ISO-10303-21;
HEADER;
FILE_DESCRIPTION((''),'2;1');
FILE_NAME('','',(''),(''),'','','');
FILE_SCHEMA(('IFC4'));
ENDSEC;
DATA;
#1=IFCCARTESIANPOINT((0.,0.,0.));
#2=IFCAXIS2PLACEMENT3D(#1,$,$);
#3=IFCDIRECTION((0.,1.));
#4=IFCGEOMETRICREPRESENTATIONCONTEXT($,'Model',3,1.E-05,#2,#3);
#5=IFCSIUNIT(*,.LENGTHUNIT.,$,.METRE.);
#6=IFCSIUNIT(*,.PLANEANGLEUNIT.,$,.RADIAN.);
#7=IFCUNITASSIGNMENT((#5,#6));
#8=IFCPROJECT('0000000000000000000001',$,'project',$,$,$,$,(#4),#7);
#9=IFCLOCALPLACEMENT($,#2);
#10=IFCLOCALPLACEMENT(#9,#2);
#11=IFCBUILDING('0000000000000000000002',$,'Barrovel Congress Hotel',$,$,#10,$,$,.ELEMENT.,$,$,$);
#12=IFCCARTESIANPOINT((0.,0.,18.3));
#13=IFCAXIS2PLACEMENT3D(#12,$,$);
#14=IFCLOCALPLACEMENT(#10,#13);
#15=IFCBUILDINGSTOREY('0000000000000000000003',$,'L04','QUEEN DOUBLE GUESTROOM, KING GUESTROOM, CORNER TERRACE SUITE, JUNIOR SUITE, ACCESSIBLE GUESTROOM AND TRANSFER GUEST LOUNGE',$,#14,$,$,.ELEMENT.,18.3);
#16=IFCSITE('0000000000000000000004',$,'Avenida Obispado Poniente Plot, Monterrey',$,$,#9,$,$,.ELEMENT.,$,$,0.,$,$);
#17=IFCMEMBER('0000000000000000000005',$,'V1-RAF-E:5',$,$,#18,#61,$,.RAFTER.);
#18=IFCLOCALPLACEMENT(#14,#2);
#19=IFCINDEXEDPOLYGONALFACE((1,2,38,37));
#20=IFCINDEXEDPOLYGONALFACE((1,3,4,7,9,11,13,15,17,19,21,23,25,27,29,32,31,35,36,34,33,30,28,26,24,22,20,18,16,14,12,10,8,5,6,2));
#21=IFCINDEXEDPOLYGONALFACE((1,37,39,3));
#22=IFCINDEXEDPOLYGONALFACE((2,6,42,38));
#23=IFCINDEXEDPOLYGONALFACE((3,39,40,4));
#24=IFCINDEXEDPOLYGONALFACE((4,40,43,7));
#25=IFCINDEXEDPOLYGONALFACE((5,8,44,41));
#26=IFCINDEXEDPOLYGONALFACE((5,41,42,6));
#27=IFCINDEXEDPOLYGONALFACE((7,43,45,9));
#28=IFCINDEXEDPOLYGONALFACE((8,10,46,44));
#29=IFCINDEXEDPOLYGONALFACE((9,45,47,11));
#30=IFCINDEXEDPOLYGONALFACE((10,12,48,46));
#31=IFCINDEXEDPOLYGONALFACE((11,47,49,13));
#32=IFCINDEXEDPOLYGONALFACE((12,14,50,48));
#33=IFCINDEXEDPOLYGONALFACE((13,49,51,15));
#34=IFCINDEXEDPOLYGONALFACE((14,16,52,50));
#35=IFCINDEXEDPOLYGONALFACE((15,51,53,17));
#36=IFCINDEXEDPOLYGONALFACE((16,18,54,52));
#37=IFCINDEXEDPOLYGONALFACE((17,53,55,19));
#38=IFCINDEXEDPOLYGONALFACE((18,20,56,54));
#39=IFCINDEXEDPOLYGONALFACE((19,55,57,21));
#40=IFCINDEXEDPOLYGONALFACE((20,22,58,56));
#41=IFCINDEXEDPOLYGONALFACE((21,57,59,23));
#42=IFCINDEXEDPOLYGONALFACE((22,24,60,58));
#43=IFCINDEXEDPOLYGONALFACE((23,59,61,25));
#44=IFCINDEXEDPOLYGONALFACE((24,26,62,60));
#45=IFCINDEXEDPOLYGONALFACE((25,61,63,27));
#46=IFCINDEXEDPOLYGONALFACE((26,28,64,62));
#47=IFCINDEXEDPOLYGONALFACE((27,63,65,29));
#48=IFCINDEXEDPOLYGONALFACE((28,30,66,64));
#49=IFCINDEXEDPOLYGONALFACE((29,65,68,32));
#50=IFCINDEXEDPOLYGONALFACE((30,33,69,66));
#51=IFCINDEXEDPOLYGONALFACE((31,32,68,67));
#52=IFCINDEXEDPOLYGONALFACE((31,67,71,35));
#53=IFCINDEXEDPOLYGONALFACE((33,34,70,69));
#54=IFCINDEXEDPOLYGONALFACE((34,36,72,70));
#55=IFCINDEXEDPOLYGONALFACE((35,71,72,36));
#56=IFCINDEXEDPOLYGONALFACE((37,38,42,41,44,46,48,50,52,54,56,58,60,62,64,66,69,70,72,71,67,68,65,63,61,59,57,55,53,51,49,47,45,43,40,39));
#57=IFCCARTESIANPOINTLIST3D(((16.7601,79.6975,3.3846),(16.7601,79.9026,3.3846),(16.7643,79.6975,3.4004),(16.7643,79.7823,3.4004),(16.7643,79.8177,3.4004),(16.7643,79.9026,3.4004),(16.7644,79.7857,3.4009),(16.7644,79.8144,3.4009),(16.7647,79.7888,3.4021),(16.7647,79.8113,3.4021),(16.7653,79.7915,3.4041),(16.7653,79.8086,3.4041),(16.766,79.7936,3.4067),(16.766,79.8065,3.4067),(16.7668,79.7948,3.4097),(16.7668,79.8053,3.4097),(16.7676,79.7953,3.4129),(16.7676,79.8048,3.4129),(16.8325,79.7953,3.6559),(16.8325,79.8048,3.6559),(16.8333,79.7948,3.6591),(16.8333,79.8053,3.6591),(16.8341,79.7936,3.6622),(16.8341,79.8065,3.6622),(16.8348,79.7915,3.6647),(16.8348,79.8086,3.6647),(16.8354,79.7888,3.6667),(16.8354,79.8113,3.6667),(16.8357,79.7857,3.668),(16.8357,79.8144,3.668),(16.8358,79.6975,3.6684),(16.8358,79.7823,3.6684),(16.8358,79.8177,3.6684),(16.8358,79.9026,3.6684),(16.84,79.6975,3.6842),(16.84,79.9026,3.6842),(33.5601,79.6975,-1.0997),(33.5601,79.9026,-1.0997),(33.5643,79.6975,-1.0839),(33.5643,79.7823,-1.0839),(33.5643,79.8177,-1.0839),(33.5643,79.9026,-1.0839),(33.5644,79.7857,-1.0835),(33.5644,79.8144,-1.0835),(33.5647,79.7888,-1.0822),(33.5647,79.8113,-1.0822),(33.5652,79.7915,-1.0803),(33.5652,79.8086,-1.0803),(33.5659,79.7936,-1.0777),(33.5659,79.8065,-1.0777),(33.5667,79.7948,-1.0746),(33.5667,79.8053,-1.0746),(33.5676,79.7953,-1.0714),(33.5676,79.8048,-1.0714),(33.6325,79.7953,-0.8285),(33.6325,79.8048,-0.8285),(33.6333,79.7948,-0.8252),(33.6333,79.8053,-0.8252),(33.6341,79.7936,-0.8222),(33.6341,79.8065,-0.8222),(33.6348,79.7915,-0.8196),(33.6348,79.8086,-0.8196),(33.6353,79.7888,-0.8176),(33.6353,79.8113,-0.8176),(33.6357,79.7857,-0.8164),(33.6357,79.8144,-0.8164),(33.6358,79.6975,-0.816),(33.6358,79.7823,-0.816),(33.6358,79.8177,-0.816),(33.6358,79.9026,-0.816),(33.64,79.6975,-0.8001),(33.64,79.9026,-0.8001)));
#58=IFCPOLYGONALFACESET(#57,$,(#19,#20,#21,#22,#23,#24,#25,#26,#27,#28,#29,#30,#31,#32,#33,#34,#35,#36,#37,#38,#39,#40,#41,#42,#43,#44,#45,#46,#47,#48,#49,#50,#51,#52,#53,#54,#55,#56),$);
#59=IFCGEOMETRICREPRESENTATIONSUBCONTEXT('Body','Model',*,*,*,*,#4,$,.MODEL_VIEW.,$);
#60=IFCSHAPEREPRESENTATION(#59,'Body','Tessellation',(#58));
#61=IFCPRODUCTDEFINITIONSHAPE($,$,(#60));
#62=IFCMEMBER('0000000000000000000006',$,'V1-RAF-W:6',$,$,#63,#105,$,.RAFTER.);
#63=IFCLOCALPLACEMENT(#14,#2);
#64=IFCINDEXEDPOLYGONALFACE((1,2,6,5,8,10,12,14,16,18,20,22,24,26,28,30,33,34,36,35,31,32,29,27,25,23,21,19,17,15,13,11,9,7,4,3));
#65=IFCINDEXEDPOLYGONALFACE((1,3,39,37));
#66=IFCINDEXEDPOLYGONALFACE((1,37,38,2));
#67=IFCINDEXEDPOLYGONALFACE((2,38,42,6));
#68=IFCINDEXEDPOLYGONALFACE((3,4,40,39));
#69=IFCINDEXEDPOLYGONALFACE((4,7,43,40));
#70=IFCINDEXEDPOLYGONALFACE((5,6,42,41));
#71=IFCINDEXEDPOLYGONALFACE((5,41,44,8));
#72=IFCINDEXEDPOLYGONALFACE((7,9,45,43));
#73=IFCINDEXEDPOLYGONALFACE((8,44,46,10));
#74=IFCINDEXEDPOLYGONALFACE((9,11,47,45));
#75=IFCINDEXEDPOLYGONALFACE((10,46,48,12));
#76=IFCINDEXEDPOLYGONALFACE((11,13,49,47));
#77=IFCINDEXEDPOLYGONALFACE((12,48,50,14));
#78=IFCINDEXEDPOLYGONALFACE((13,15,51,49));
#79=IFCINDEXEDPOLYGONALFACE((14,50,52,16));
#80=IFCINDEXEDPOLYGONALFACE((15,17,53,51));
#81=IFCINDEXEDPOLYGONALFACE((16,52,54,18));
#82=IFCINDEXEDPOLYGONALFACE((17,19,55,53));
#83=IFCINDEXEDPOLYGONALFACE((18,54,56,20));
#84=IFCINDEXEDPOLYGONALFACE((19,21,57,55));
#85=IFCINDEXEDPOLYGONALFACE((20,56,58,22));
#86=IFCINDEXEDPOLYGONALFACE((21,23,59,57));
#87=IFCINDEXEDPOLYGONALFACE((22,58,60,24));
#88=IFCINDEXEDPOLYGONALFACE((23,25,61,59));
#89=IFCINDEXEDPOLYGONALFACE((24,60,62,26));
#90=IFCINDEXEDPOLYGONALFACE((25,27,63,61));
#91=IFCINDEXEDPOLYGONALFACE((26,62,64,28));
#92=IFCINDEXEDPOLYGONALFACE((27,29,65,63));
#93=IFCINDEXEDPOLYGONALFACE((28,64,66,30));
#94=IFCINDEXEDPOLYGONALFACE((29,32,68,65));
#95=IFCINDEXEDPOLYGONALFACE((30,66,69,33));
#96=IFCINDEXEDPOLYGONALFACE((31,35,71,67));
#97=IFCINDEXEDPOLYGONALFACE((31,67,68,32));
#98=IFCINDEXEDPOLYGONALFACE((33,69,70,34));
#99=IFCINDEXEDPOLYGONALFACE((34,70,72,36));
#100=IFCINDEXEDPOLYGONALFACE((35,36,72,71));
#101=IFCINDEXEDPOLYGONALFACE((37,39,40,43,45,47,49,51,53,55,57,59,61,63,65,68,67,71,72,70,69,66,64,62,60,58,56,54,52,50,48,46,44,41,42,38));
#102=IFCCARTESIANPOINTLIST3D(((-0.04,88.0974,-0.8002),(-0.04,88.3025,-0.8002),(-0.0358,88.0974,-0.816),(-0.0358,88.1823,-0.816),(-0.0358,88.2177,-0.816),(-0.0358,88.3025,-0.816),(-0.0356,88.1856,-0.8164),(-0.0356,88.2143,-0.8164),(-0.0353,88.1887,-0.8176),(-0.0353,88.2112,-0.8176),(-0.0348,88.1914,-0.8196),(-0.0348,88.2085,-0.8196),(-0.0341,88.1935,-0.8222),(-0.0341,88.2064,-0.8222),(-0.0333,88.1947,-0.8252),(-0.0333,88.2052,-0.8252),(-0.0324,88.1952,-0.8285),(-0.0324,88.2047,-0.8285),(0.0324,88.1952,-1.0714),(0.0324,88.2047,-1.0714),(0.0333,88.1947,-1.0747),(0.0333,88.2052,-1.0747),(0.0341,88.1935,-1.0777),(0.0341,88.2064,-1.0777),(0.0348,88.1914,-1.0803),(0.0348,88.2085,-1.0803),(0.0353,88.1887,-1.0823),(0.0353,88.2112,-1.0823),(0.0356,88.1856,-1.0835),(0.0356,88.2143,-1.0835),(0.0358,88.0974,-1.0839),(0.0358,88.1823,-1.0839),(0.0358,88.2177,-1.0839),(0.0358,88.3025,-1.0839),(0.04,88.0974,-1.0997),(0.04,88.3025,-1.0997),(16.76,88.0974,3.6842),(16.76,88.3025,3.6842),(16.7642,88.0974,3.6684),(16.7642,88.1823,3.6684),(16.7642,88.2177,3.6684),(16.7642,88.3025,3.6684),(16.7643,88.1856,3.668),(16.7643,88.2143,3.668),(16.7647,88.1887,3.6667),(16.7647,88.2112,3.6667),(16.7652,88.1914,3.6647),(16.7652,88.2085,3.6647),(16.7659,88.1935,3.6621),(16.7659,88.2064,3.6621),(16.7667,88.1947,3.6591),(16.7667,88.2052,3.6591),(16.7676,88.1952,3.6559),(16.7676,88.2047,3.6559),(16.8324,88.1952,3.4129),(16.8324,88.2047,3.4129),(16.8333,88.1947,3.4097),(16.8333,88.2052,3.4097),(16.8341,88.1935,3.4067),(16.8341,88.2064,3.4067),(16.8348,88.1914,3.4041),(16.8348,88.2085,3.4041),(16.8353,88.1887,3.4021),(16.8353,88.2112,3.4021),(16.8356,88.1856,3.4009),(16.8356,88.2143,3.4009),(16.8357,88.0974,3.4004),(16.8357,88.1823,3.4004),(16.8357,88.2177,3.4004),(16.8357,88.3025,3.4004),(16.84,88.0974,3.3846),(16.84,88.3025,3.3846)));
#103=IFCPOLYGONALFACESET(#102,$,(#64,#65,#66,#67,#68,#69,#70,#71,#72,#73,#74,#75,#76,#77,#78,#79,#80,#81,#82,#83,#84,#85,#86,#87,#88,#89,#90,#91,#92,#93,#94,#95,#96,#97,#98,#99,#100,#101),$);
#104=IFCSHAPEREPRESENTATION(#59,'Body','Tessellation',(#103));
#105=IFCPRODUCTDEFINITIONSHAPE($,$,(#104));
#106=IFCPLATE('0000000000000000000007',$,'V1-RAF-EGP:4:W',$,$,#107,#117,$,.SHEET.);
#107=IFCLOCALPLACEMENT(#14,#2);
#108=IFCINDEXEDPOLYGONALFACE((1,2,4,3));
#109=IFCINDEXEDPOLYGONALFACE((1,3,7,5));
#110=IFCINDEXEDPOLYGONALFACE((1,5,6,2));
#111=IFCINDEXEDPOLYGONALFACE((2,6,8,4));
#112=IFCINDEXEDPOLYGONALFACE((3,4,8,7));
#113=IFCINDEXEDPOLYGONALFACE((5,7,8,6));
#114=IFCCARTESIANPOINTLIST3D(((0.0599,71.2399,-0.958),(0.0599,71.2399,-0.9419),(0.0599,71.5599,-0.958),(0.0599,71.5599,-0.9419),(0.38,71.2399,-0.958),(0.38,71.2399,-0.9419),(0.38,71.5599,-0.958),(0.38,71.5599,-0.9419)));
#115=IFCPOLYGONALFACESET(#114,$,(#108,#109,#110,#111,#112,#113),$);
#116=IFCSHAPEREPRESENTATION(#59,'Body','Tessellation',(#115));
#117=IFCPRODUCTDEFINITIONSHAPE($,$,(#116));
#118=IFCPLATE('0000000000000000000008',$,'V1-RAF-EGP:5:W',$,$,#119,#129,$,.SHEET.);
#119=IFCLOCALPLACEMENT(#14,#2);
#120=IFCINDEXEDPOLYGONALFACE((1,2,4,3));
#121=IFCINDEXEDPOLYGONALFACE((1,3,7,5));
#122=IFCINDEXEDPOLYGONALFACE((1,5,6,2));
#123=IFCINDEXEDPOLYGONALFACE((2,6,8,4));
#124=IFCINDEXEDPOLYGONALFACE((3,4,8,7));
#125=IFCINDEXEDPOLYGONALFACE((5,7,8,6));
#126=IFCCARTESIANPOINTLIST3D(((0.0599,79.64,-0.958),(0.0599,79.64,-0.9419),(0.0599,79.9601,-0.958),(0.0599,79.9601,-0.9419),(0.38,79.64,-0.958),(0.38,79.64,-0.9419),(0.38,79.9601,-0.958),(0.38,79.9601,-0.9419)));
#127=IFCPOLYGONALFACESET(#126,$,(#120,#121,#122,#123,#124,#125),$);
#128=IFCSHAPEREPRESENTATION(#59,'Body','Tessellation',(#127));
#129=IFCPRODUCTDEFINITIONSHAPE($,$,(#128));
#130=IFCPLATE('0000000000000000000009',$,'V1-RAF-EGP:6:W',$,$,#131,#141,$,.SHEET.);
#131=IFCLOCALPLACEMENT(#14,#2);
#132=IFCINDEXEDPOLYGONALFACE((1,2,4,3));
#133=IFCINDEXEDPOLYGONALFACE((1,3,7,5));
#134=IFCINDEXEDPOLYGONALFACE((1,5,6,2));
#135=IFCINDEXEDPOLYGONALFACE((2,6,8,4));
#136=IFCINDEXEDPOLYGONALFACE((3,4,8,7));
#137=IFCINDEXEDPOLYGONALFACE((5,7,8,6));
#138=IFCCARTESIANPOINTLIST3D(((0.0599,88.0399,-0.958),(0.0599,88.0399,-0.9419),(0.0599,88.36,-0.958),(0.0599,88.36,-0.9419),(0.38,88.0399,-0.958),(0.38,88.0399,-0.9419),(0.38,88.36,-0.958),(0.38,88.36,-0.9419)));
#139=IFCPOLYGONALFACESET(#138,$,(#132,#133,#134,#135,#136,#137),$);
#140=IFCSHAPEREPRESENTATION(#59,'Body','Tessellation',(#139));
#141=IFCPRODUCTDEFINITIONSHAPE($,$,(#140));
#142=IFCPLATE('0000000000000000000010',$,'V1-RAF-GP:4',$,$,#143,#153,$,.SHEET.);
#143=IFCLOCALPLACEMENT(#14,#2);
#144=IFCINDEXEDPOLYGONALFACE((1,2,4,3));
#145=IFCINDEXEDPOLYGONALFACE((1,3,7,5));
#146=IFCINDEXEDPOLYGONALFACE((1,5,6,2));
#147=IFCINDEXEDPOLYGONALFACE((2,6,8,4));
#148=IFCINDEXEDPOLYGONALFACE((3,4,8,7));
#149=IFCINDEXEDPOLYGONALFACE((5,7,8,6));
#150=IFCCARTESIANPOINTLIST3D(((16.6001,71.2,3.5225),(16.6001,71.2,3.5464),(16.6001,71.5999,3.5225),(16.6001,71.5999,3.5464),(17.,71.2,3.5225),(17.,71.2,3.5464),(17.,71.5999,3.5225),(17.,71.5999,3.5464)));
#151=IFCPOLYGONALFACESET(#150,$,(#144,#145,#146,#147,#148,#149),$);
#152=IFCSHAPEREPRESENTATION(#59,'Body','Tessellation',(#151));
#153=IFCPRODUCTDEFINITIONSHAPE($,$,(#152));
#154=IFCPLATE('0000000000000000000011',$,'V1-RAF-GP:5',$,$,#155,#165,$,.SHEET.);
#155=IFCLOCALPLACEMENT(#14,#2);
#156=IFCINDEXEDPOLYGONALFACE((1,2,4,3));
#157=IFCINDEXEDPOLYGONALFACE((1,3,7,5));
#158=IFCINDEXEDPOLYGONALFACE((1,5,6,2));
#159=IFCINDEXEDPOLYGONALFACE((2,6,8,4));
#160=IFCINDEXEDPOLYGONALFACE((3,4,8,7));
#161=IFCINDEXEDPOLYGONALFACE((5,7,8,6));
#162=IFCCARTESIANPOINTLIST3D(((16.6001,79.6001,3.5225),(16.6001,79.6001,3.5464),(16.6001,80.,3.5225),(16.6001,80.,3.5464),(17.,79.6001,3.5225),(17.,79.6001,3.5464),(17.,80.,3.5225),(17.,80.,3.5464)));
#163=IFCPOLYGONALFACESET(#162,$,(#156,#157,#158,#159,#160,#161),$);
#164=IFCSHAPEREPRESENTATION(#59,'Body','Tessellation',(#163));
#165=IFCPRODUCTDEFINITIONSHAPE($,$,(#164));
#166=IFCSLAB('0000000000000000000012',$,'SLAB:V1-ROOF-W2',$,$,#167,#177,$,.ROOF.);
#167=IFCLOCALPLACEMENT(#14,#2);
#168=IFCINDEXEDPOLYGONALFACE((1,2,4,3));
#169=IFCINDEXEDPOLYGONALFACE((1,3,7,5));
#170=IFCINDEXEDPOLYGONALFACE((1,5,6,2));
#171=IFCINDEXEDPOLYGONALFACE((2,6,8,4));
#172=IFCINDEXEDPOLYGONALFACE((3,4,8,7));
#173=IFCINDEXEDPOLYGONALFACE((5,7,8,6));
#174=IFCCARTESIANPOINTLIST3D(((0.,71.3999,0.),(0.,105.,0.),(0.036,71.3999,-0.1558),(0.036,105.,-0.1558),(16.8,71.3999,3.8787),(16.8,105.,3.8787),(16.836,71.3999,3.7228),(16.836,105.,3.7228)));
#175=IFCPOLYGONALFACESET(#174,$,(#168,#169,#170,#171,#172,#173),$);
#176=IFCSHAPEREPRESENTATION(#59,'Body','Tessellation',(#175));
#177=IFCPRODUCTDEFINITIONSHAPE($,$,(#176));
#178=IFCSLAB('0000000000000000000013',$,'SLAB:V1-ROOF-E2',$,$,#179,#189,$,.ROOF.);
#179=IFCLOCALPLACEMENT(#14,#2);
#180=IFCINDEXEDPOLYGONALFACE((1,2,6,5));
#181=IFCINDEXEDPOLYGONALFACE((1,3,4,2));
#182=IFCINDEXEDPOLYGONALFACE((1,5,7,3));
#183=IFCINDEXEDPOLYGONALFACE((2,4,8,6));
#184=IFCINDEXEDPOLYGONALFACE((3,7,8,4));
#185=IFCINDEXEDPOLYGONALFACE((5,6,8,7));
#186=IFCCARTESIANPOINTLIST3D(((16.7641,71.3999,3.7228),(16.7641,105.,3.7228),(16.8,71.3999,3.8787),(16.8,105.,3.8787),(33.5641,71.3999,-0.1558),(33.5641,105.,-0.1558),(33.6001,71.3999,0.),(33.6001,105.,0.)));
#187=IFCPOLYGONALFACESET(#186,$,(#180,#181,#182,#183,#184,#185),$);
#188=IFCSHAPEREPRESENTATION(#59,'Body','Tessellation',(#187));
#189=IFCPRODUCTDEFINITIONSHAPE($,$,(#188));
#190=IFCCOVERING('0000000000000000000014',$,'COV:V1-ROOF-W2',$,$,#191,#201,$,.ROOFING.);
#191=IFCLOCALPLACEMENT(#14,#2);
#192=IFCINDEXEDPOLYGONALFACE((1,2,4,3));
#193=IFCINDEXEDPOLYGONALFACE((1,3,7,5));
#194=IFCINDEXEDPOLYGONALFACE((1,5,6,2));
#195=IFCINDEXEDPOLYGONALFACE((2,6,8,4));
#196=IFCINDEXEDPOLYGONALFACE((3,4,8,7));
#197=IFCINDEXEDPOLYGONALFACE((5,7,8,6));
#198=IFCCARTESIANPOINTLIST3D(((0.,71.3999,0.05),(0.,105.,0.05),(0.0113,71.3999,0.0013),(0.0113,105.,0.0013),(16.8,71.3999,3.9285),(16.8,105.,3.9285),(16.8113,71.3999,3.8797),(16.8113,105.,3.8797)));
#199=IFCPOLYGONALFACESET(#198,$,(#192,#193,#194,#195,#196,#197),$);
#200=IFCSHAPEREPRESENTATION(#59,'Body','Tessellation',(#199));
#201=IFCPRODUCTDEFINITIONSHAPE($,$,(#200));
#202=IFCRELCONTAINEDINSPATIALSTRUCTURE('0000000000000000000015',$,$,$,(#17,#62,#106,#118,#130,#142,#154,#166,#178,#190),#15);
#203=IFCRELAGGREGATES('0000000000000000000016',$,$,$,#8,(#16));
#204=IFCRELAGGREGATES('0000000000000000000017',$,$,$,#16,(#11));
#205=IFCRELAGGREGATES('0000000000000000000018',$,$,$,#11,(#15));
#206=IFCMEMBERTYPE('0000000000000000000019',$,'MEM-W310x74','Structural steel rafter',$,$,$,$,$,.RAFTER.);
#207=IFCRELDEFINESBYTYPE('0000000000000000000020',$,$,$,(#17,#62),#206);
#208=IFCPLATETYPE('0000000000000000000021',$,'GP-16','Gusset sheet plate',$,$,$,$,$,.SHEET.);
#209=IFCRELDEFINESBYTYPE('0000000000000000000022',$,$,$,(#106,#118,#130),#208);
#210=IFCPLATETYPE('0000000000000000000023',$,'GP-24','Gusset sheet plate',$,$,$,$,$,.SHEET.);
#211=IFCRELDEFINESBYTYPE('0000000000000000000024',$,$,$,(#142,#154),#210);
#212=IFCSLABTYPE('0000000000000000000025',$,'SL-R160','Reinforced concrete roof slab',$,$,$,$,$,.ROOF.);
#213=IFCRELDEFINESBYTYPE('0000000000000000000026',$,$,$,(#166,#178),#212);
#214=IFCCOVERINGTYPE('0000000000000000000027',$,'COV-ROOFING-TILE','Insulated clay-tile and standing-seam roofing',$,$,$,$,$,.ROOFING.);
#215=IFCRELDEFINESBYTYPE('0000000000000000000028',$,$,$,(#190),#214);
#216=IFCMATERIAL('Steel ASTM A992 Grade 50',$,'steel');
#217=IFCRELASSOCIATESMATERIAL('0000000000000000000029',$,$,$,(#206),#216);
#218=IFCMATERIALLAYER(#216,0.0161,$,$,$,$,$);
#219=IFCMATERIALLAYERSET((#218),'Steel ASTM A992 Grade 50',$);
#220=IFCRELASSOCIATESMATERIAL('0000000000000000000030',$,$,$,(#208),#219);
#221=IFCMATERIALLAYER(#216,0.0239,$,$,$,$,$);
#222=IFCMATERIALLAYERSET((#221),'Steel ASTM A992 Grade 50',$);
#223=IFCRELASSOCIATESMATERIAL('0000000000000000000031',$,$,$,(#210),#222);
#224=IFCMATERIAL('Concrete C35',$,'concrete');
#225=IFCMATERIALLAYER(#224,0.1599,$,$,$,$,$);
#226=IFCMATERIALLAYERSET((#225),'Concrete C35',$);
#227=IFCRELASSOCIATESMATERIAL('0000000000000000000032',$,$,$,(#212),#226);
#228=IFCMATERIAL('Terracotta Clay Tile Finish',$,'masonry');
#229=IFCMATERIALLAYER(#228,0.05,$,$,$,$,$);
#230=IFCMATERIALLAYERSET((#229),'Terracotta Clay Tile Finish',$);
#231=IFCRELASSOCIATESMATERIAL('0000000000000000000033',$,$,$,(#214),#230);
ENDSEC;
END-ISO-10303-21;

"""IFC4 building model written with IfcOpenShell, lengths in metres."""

from ifc_helpers import new_model, si_unit, direction, frame, origin, origin_2d, place, context, subcontext, project, spatial, polyline, rectangle, i_section, outline, extrude, material, layer, layer_set, material_profile, profile_set, type_object, element, save


model = new_model("IFC4")

# Units and contexts
model_context = context("Model", 3, precision=1e-05, world=origin(), true_north=direction((0.0, 1.0)))
body_context = subcontext(model_context, "Body", "Model", "MODEL_VIEW")
ifc_project = project(units=[si_unit("LENGTHUNIT", "METRE"), si_unit("PLANEANGLEUNIT", "RADIAN")], contexts=[model_context])

# Site, building, storey
site_placement = place(None, origin())
site = spatial("IfcSite", under=ifc_project, at=site_placement, Name="Avenida Obispado Poniente Plot, Monterrey", CompositionType="ELEMENT", RefElevation=0.0)
building_placement = place(site_placement, origin())
building = spatial("IfcBuilding", under=site, at=building_placement, Name="Barrovel Congress Hotel", CompositionType="ELEMENT")
storey_placement = place(building_placement, frame((0.0, 0.0, 18.3)))
storey = spatial("IfcBuildingStorey", under=building, at=storey_placement, Name="L04", Description="QUEEN DOUBLE GUESTROOM, KING GUESTROOM, CORNER TERRACE SUITE, JUNIOR SUITE, ACCESSIBLE GUESTROOM AND TRANSFER GUEST LOUNGE", CompositionType="ELEMENT", Elevation=18.3)

# Members
ifc_material_1 = material(Name="Steel ASTM A992 Grade 50", Category="steel")
ifc_material_profile_1 = material_profile(ifc_material_1, i_section(OverallWidth=0.2051, OverallDepth=0.3101, WebThickness=0.0095, FlangeThickness=0.0164, FilletRadius=0.0129, at=origin_2d()), Name="W310x74")
ifc_profile_set_1 = profile_set([ifc_material_profile_1], Name="Steel ASTM A992 Grade 50")
member_type_1 = type_object("IfcMemberType", Name="MEM-W310x74", Description="Structural steel rafter", PredefinedType="RAFTER", material=ifc_profile_set_1)
for number, where, z_axis, x_axis, name in (
    (1, (16.8, 79.8, 3.5344), (0.966172, 0.0, -0.257897), (0.0, 1.0, 0.0), "V1-RAF-E:5"),
    (2, (0.0, 88.2, -0.95), (0.966172, 0.0, 0.257897), (0.0, 1.0, 0.0), "V1-RAF-W:6"),
):
    element("IfcMember", number, at=place(storey_placement, frame(where, z_axis=z_axis, x_axis=x_axis)), inside=storey, type_object=member_type_1, Name=name, PredefinedType="RAFTER", context=body_context, shape_type="SweptSolid", body=[
        extrude(i_section(OverallWidth=0.2051, OverallDepth=0.3101, WebThickness=0.0095, FlangeThickness=0.0164, FilletRadius=0.0129, at=origin_2d()), origin(), (0.0, 0.0, 1.0), 17.3882),
    ])

# Plates
ifc_layer_1 = layer(ifc_material_1, 0.0161)
ifc_layer_set_1 = layer_set([ifc_layer_1], Name="Steel ASTM A992 Grade 50")
plate_type_1 = type_object("IfcPlateType", Name="GP-16", Description="Gusset sheet plate", PredefinedType="SHEET", material=ifc_layer_set_1)
for number, where, z_axis, x_axis, name in (
    (3, (0.22, 71.3999, -0.958), (0.0, 0.0, 1.0), (1.0, 0.0, 0.0), "V1-RAF-EGP:4:W"),
    (4, (0.22, 79.8, -0.958), (0.0, 0.0, 1.0), (1.0, 0.0, 0.0), "V1-RAF-EGP:5:W"),
    (5, (0.22, 88.2, -0.958), (0.0, 0.0, 1.0), (1.0, 0.0, 0.0), "V1-RAF-EGP:6:W"),
):
    element("IfcPlate", number, at=place(storey_placement, frame(where, z_axis=z_axis, x_axis=x_axis)), inside=storey, type_object=plate_type_1, Name=name, PredefinedType="SHEET", context=body_context, shape_type="SweptSolid", body=[
        extrude(rectangle(XDim=0.3201, YDim=0.3201, at=origin_2d()), origin(), (0.0, 0.0, 1.0), 0.0161),
    ])
ifc_layer_2 = layer(ifc_material_1, 0.0239)
ifc_layer_set_2 = layer_set([ifc_layer_2], Name="Steel ASTM A992 Grade 50")
plate_type_2 = type_object("IfcPlateType", Name="GP-24", Description="Gusset sheet plate", PredefinedType="SHEET", material=ifc_layer_set_2)
for number, where, z_axis, x_axis, name in (
    (6, (16.8, 71.3999, 3.5225), (0.0, 0.0, 1.0), (1.0, 0.0, 0.0), "V1-RAF-GP:4"),
    (7, (16.8, 79.8, 3.5225), (0.0, 0.0, 1.0), (1.0, 0.0, 0.0), "V1-RAF-GP:5"),
):
    element("IfcPlate", number, at=place(storey_placement, frame(where, z_axis=z_axis, x_axis=x_axis)), inside=storey, type_object=plate_type_2, Name=name, PredefinedType="SHEET", context=body_context, shape_type="SweptSolid", body=[
        extrude(rectangle(XDim=0.3999, YDim=0.3999, at=origin_2d()), origin(), (0.0, 0.0, 1.0), 0.0239),
    ])

# Slabs
ifc_material_2 = material(Name="Concrete C35", Category="concrete")
ifc_layer_3 = layer(ifc_material_2, 0.1599)
ifc_layer_set_3 = layer_set([ifc_layer_3], Name="Concrete C35")
slab_type = type_object("IfcSlabType", Name="SL-R160", Description="Reinforced concrete roof slab", PredefinedType="ROOF", material=ifc_layer_set_3)
for number, where, z_axis, x_axis, name in (
    (8, (0.0, 71.3999, 0.0), (-0.224955, 0.0, 0.974369), (0.974369, 0.0, 0.224955), "SLAB:V1-ROOF-W2"),
    (9, (16.8, 71.3999, 3.8787), (0.224955, 0.0, 0.974369), (0.974369, 0.0, -0.224955), "SLAB:V1-ROOF-E2"),
):
    element("IfcSlab", number, at=place(storey_placement, frame(where, z_axis=z_axis, x_axis=x_axis)), inside=storey, type_object=slab_type, Name=name, PredefinedType="ROOF", context=body_context, shape_type="SweptSolid", body=[
        extrude(outline(polyline([(0.0, 0.0), (17.242, 0.0), (17.242, 33.6001), (0.0, 33.6001), (0.0, 0.0)])), origin(), (0.0, 0.0, -1.0), 0.1599),
    ])

# Covering
ifc_material_3 = material(Name="Terracotta Clay Tile Finish", Category="masonry")
ifc_layer_4 = layer(ifc_material_3, 0.05)
ifc_layer_set_4 = layer_set([ifc_layer_4], Name="Terracotta Clay Tile Finish")
covering_type = type_object("IfcCoveringType", Name="COV-ROOFING-TILE", Description="Insulated clay-tile and standing-seam roofing", PredefinedType="ROOFING", material=ifc_layer_set_4)
for number, where, z_axis, x_axis, name in (
    (10, (0.0, 71.3999, 0.05), (-0.224941, 0.0, 0.974372), (0.974372, 0.0, 0.224941), "COV:V1-ROOF-W2"),
):
    element("IfcCovering", number, at=place(storey_placement, frame(where, z_axis=z_axis, x_axis=x_axis)), inside=storey, type_object=covering_type, Name=name, PredefinedType="ROOFING", context=body_context, shape_type="SweptSolid", body=[
        extrude(outline(polyline([(0.0, 0.0), (17.2419, 0.0), (17.2419, 33.6001), (0.0, 33.6001), (0.0, 0.0)])), origin(), (0.0, 0.0, -1.0), 0.05),
    ])

save(model, "model.ifc")
